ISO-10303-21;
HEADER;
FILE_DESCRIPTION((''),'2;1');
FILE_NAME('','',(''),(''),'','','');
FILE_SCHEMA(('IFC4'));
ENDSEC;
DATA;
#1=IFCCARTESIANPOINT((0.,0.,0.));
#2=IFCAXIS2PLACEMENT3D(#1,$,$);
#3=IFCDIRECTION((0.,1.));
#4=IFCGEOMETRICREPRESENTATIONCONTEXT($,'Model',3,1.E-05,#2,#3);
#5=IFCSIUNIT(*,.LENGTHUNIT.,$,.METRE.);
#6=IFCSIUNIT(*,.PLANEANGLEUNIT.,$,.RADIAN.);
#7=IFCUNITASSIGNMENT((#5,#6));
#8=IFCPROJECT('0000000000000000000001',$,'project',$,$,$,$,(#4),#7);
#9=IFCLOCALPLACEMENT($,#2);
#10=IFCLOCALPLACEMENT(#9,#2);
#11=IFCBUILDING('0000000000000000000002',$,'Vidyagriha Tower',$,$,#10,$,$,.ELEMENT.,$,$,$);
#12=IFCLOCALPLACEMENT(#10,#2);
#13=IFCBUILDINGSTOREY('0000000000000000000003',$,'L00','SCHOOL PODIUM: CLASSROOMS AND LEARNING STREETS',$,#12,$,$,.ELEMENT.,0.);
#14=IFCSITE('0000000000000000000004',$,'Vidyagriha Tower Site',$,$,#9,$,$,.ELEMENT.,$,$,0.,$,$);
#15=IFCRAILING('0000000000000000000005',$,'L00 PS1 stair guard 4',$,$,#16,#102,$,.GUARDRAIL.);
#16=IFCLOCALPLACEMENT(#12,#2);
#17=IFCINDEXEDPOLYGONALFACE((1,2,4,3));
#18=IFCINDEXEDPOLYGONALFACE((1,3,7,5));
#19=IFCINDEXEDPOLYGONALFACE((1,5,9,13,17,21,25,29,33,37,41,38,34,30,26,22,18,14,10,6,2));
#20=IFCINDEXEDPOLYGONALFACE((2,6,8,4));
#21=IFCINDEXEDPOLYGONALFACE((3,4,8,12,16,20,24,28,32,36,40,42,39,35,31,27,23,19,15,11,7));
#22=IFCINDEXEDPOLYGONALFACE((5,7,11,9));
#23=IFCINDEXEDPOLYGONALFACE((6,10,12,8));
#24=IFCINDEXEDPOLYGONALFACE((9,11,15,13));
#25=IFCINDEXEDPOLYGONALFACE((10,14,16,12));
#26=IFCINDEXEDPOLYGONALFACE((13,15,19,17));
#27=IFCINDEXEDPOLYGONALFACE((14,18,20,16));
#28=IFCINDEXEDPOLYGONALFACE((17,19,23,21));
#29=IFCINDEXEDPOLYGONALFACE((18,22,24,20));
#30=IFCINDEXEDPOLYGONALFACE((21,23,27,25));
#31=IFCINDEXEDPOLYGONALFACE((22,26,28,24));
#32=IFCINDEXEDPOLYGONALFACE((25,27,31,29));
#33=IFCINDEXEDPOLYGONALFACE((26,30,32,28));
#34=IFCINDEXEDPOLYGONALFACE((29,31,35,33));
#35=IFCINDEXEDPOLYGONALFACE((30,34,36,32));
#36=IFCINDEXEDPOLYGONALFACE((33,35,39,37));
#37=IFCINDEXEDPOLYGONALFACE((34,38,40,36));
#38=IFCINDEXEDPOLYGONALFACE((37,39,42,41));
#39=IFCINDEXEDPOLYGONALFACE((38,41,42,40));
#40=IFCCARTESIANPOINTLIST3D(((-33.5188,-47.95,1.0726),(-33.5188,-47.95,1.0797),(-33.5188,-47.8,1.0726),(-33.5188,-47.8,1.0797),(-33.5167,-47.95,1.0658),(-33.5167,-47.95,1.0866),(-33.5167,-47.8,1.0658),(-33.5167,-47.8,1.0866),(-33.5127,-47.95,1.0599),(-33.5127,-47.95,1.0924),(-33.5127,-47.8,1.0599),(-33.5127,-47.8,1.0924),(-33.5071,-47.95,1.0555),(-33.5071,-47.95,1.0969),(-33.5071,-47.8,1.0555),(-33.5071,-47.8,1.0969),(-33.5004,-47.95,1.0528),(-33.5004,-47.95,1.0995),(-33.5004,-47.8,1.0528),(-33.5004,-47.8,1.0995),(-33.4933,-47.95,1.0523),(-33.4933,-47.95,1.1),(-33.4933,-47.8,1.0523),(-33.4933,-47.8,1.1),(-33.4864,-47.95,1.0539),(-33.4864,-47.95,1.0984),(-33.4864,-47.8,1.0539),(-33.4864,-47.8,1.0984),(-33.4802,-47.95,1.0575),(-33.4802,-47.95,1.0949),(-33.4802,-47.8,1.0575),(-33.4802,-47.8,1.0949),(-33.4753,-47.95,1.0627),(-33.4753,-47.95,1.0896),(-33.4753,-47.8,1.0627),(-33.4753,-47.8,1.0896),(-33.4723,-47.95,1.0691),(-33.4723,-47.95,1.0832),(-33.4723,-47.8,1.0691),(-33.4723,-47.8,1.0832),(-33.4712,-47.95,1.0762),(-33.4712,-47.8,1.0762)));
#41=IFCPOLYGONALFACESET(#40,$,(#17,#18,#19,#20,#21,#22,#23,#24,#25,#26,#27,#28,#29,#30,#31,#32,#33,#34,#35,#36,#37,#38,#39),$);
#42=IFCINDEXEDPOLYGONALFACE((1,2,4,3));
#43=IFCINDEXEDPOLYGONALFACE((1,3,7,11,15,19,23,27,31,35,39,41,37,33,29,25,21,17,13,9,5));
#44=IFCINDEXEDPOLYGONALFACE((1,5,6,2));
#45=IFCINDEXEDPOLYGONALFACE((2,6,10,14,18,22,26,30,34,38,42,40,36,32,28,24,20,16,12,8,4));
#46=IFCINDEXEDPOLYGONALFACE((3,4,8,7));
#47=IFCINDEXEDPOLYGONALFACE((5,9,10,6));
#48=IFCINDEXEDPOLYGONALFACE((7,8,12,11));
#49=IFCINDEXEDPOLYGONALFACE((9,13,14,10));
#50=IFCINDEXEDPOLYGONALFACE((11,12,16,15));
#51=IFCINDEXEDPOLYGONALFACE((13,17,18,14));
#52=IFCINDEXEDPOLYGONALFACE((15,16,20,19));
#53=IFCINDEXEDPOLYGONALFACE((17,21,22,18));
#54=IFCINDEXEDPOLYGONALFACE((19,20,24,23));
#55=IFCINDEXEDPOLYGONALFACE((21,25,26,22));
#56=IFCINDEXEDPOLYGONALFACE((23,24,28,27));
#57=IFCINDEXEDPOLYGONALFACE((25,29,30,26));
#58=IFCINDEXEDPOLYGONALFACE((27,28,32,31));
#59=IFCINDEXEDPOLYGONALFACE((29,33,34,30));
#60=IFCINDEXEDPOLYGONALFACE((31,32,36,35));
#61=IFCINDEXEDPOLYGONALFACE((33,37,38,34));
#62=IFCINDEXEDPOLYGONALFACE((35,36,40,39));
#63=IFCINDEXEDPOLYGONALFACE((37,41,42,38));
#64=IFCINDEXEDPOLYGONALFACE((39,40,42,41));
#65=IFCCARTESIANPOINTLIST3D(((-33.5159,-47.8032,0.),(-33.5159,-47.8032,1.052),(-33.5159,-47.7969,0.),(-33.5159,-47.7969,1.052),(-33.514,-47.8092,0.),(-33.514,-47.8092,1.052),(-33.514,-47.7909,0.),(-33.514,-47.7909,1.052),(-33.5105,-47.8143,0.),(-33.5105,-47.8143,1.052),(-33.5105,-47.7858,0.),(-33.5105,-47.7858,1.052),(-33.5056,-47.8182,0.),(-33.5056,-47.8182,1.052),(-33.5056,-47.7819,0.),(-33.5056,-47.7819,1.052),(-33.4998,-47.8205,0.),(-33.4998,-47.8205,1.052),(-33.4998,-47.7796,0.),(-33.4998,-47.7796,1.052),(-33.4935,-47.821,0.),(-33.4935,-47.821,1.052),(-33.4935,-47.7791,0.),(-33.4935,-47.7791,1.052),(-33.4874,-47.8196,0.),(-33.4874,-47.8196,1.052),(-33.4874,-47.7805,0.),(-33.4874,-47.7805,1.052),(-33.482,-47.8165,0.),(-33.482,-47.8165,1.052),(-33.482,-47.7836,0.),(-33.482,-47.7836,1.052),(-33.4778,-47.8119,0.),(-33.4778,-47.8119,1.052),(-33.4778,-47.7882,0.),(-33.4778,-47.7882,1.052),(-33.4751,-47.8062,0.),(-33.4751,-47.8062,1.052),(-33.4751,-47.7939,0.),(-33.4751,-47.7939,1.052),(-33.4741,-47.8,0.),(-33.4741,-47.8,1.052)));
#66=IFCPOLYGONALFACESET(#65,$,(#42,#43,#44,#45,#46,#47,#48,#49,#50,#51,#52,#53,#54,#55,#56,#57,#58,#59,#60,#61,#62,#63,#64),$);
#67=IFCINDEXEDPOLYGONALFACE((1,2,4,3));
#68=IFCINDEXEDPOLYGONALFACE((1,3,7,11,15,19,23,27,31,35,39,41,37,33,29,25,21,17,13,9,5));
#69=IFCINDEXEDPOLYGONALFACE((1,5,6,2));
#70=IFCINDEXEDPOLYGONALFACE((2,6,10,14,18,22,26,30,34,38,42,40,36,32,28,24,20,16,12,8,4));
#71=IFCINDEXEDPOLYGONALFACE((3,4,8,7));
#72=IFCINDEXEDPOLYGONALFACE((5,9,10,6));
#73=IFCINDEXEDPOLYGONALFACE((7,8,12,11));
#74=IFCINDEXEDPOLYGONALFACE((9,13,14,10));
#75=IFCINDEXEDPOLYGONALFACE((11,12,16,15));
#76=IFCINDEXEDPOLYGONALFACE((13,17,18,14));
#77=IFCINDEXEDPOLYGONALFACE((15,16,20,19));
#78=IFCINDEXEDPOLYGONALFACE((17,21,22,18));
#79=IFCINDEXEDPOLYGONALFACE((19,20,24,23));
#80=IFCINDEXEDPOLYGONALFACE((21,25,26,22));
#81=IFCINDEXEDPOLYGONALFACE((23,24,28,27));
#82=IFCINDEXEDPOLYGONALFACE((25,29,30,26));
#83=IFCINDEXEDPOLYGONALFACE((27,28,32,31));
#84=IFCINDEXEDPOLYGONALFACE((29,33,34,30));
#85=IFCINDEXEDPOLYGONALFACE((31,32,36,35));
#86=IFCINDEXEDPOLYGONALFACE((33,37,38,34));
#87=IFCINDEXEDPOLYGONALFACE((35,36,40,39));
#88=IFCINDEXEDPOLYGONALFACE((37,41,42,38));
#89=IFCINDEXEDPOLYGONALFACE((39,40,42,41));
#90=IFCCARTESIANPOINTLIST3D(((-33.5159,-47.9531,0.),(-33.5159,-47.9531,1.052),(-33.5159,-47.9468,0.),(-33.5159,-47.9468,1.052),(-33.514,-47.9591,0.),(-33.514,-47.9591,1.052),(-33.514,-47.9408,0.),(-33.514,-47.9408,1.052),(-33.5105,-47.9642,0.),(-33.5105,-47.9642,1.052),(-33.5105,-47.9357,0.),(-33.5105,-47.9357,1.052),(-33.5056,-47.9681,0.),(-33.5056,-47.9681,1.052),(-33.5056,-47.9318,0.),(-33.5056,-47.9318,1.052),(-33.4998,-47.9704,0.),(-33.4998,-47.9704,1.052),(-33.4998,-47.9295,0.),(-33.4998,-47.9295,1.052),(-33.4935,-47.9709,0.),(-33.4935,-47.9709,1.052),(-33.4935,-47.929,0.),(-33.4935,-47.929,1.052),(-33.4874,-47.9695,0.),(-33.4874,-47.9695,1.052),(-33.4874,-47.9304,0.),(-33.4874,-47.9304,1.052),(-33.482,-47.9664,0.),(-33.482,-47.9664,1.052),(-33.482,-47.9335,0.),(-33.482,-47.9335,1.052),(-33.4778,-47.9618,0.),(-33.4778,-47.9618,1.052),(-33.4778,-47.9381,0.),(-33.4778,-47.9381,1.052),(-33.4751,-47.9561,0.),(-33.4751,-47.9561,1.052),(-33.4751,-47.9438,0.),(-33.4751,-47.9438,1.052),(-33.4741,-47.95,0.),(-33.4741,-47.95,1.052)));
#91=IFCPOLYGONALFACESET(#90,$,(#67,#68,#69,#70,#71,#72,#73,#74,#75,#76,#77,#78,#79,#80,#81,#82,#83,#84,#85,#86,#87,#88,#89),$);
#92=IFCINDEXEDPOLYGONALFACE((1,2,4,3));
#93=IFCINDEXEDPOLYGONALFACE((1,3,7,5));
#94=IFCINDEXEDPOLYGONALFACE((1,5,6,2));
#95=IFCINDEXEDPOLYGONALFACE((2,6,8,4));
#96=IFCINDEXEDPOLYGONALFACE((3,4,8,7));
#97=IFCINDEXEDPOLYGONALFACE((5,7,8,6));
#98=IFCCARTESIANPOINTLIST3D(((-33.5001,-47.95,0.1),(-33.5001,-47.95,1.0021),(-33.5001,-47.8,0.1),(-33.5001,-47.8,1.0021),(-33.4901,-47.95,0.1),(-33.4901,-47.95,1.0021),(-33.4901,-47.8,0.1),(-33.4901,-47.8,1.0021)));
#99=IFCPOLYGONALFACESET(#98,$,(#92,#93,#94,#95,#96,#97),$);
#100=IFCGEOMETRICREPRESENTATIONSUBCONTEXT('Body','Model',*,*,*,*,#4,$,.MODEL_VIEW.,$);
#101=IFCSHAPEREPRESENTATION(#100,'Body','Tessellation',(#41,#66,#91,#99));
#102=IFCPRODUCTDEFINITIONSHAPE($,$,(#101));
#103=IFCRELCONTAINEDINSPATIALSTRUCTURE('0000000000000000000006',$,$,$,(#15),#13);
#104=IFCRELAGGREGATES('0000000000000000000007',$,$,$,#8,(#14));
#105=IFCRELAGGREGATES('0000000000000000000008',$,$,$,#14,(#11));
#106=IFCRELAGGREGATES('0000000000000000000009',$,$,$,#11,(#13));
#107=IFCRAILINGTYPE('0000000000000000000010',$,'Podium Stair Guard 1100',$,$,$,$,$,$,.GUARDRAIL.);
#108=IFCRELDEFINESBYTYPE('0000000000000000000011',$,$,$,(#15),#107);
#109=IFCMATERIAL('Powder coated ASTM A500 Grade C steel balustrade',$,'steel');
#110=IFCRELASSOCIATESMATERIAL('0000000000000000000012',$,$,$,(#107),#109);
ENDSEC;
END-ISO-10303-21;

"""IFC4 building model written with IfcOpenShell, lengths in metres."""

from ifc_helpers import new_model, si_unit, direction, frame, origin, origin_2d, place, context, subcontext, project, spatial, rectangle, circle, extrude, material, type_object, element, save


model = new_model("IFC4")

# Units and contexts
model_context = context("Model", 3, precision=1e-05, world=origin(), true_north=direction((0.0, 1.0)))
body_context = subcontext(model_context, "Body", "Model", "MODEL_VIEW")
ifc_project = project(units=[si_unit("LENGTHUNIT", "METRE"), si_unit("PLANEANGLEUNIT", "RADIAN")], contexts=[model_context])

# Site, building, storey
site_placement = place(None, origin())
site = spatial("IfcSite", under=ifc_project, at=site_placement, Name="Vidyagriha Tower Site", CompositionType="ELEMENT", RefElevation=0.0)
building_placement = place(site_placement, origin())
building = spatial("IfcBuilding", under=site, at=building_placement, Name="Vidyagriha Tower", CompositionType="ELEMENT")
storey_placement = place(building_placement, origin())
storey = spatial("IfcBuildingStorey", under=building, at=storey_placement, Name="L00", Description="SCHOOL PODIUM: CLASSROOMS AND LEARNING STREETS", CompositionType="ELEMENT", Elevation=0.0)

# Railing
ifc_material_1 = material(Name="Powder coated ASTM A500 Grade C steel balustrade", Category="steel")
railing_type_1 = type_object("IfcRailingType", Name="Podium Stair Guard 1100", PredefinedType="GUARDRAIL", material=ifc_material_1)
railing_1_placement = place(storey_placement, frame((-33.4951, -47.8, 0.0)))
element("IfcRailing", 1, at=railing_1_placement, inside=storey, type_object=railing_type_1, Name="L00 PS1 stair guard 4", PredefinedType="GUARDRAIL", context=body_context, shape_type="SweptSolid", body=[
    extrude(circle(Radius=0.0239, at=origin_2d()), frame((0.0, 0.0, 1.0762), z_axis=(0.0, -1.0, 0.0), x_axis=(1.0, 0.0, 0.0)), (0.0, 0.0, 1.0), 0.1499),
    extrude(circle(Radius=0.021, at=origin_2d()), origin(), (0.0, 0.0, 1.0), 1.052),
    extrude(circle(Radius=0.021, at=origin_2d()), frame((0.0, -0.1499, 0.0)), (0.0, 0.0, 1.0), 1.052),
    extrude(rectangle(XDim=0.01, YDim=0.9021, at=origin_2d()), frame((0.0, 0.0, 0.551), z_axis=(0.0, -1.0, 0.0), x_axis=(1.0, 0.0, 0.0)), (0.0, 0.0, 1.0), 0.1499),
])

save(model, "model.ifc")
